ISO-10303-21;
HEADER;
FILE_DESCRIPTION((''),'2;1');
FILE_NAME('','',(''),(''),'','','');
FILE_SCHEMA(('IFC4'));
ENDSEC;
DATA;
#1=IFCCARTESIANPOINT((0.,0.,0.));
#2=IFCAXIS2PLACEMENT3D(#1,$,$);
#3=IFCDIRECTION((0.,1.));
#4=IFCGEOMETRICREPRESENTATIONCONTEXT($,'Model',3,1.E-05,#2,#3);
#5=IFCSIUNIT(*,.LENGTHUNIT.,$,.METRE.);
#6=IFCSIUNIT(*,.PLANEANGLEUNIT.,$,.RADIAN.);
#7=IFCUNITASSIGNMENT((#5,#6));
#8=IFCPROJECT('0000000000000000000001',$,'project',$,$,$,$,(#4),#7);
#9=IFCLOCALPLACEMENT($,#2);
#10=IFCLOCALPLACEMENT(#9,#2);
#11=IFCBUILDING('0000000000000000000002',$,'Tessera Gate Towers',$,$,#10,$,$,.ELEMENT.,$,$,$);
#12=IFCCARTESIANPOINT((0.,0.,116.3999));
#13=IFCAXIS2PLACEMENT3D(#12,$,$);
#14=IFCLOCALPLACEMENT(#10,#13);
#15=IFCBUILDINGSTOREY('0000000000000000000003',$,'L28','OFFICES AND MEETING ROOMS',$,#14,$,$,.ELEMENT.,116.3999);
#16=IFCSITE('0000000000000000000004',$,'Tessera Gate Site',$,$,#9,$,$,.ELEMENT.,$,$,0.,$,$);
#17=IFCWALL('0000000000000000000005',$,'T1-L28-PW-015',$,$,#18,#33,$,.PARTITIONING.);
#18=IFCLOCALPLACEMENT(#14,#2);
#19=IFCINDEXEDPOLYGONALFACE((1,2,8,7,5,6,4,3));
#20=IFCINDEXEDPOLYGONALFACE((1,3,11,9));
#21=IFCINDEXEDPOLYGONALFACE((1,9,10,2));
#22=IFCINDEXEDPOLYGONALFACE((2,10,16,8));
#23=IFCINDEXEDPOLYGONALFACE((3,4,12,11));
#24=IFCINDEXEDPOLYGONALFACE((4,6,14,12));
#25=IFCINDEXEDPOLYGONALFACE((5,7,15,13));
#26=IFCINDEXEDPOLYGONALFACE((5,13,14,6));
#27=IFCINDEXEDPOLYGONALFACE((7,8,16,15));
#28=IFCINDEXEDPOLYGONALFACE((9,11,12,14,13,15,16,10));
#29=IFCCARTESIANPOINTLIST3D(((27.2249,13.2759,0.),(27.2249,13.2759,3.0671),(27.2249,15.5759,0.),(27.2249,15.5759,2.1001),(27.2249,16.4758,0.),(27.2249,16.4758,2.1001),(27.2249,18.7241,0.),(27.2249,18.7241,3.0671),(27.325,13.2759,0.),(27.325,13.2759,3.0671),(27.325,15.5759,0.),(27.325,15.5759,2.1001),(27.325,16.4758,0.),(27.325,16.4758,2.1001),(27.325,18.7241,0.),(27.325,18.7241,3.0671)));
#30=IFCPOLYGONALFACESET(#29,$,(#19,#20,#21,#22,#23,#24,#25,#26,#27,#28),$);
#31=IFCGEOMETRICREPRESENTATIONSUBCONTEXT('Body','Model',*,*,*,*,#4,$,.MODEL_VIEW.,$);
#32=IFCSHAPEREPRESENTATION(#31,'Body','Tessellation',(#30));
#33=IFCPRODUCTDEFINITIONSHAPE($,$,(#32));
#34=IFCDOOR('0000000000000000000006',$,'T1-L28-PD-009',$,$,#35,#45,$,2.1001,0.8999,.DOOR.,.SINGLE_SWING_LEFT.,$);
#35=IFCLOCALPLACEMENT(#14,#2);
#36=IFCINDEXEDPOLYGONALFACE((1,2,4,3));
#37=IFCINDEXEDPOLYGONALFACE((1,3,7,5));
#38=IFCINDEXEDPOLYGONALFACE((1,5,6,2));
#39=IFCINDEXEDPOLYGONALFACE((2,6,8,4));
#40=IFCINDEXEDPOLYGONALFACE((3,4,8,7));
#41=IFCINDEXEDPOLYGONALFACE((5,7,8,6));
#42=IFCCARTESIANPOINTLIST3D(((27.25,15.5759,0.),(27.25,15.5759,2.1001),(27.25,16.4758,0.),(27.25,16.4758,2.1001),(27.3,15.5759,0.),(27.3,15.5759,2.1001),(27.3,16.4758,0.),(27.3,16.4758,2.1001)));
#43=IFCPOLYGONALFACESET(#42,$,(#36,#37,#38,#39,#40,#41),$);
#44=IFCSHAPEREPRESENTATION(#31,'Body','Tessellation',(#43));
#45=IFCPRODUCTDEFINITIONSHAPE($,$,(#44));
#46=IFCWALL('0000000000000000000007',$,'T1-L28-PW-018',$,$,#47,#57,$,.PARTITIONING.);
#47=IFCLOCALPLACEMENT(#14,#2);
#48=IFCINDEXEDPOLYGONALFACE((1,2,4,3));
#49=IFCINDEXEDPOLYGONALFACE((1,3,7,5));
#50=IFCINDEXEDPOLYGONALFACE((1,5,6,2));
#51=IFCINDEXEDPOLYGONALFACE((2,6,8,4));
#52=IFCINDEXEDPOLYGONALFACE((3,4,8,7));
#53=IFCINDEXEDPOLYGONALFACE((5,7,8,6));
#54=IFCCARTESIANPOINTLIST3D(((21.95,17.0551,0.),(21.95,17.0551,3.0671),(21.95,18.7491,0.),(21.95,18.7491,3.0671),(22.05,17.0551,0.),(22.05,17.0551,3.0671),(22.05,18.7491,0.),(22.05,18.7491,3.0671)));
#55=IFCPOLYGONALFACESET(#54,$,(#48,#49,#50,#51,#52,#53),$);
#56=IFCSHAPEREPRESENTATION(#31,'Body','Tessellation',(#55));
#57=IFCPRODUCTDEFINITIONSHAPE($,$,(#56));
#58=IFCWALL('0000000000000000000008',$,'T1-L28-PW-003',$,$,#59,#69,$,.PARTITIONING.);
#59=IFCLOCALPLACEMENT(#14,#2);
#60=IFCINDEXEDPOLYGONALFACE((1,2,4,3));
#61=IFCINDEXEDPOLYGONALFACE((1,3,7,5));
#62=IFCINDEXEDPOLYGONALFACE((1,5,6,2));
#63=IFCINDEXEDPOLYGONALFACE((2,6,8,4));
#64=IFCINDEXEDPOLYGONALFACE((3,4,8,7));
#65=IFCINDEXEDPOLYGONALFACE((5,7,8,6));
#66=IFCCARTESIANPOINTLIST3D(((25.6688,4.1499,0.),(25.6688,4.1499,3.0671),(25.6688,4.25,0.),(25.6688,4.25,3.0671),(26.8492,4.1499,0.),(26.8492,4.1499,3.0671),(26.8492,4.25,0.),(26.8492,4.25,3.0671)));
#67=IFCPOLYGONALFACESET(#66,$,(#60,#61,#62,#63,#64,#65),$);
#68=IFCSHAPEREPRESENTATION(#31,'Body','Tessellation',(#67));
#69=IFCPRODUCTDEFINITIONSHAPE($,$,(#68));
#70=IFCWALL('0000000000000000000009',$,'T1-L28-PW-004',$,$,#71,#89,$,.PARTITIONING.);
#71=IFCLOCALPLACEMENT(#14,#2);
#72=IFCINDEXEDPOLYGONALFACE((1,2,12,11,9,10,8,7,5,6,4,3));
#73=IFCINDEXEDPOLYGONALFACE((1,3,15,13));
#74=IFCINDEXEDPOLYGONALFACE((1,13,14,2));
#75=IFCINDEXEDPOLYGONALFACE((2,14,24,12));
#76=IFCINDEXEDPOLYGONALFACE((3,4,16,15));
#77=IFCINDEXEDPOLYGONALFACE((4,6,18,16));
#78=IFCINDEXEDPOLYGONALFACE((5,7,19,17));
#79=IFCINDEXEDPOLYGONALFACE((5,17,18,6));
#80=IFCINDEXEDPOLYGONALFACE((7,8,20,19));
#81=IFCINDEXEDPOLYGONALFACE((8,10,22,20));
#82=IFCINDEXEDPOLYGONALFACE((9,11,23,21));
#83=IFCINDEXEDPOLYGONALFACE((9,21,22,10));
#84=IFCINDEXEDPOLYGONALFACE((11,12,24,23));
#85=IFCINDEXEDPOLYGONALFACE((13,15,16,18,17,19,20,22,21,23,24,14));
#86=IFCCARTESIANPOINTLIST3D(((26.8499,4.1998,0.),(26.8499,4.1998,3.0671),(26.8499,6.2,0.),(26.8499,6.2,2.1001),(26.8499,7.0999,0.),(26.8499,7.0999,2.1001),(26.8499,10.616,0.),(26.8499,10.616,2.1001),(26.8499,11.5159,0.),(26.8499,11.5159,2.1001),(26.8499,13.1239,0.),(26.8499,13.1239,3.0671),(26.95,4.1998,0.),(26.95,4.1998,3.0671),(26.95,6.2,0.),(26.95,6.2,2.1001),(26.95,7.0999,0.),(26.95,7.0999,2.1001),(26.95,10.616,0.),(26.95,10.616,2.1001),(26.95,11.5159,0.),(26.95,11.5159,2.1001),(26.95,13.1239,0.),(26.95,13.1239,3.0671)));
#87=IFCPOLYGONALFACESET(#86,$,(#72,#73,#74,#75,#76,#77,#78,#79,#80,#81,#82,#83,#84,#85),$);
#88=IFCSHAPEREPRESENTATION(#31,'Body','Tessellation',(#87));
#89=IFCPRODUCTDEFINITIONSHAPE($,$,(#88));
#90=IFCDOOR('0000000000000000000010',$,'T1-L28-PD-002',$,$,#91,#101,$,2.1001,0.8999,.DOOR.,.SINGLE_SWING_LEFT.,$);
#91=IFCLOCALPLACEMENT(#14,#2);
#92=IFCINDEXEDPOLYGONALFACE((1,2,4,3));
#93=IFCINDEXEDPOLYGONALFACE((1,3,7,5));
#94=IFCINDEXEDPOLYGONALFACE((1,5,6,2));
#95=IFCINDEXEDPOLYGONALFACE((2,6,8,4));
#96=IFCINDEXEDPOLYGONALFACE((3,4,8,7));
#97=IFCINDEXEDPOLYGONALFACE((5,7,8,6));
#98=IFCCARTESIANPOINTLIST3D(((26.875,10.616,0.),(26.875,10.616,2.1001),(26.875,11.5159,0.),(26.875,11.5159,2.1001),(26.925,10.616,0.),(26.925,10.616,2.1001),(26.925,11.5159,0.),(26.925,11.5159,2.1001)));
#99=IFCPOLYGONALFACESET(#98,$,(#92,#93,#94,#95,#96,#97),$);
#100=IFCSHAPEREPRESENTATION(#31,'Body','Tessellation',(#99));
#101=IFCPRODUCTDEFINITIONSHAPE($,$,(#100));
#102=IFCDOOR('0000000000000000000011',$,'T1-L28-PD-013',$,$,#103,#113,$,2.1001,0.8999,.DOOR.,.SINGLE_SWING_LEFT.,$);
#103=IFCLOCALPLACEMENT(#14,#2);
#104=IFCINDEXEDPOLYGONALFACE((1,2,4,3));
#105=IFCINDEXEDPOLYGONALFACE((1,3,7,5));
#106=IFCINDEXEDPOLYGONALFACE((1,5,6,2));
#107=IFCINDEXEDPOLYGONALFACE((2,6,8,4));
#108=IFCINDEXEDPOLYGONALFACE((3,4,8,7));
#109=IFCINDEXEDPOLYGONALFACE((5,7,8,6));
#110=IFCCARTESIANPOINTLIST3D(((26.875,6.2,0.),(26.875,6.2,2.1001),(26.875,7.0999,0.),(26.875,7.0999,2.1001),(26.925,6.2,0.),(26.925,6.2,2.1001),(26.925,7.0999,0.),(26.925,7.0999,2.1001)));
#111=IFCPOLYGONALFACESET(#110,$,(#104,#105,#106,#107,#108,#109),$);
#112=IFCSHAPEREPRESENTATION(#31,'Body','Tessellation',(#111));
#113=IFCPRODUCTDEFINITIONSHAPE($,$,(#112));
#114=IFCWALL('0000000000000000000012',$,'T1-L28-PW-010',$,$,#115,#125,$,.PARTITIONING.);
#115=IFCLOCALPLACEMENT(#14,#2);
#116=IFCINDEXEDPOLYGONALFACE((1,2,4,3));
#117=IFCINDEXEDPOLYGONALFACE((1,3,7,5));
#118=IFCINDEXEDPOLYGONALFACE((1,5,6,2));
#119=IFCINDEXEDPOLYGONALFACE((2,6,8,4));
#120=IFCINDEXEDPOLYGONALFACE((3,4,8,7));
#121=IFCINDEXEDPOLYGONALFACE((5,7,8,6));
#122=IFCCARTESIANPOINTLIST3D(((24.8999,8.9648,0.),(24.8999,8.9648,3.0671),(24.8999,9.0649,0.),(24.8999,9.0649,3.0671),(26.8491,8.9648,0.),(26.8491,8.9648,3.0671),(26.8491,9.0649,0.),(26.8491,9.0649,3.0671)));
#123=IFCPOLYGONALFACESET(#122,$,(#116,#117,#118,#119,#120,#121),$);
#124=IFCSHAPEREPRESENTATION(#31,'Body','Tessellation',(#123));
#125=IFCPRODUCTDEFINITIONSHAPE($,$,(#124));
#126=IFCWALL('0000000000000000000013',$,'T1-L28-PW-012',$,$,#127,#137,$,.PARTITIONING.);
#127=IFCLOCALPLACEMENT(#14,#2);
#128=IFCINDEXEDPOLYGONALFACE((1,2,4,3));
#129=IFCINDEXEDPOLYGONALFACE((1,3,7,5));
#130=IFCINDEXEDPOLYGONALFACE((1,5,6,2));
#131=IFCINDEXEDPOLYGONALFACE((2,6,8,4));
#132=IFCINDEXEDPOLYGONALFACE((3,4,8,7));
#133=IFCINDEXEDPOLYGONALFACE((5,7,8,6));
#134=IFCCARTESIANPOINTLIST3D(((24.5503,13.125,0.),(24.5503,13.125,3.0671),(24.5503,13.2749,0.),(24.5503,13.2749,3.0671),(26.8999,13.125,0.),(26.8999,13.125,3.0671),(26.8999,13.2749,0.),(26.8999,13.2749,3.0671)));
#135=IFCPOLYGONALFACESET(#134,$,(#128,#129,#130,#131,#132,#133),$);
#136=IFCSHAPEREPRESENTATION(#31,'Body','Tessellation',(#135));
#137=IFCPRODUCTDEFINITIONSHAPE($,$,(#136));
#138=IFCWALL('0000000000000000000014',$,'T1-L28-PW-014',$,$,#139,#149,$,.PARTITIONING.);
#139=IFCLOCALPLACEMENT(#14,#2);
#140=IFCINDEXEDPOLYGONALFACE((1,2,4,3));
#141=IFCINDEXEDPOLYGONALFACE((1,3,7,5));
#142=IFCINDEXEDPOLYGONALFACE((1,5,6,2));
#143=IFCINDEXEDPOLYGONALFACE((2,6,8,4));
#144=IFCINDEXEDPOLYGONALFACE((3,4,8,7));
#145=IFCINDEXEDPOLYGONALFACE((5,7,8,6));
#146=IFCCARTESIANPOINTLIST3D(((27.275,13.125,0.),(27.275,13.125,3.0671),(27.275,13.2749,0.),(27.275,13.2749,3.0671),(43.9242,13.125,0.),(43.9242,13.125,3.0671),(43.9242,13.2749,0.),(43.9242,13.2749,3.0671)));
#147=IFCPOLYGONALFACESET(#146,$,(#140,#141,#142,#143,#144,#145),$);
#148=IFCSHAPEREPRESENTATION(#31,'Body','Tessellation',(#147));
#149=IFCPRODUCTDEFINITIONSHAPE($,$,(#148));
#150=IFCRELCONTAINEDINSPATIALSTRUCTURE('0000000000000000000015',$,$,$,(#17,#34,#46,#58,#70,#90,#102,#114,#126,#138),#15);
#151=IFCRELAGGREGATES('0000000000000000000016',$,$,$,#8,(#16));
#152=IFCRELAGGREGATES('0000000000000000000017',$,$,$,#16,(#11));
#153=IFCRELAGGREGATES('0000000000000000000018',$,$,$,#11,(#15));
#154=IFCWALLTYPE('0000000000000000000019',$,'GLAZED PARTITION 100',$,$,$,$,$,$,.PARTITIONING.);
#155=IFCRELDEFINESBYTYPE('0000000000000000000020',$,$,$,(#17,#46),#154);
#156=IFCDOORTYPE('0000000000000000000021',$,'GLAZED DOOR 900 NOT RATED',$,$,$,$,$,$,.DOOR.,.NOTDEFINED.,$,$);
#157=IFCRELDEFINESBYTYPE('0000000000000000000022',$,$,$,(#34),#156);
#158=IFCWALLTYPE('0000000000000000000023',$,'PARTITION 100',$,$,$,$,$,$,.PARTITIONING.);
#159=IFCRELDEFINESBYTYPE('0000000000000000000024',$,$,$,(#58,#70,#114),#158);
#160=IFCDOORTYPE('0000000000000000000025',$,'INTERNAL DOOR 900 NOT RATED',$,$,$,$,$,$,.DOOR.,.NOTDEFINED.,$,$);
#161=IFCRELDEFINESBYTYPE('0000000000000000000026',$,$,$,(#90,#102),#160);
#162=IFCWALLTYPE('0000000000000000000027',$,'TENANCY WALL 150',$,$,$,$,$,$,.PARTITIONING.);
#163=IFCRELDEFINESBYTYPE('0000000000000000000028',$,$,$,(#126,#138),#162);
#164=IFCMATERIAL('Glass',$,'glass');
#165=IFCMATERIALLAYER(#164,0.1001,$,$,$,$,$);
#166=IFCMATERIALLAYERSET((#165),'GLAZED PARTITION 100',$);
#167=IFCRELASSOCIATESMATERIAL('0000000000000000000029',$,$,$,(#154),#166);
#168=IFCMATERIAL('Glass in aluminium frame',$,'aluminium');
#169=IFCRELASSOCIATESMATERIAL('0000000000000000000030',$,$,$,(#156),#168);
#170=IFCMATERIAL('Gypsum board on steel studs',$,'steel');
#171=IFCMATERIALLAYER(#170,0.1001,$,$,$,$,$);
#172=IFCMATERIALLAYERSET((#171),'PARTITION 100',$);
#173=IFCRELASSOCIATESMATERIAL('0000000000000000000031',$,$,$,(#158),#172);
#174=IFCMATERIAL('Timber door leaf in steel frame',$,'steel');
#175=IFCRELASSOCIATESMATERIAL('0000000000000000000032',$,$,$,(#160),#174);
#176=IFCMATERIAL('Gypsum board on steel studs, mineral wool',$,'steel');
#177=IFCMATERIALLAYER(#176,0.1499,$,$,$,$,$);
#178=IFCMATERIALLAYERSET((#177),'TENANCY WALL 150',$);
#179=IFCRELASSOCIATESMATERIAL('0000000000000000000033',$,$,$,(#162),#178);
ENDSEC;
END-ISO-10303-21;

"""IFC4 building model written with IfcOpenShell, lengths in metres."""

from ifc_helpers import new_model, si_unit, direction, frame, frame_2d, origin, place, context, subcontext, project, spatial, rectangle, extrude, source, transform, mapped, material, layer, layer_set, type_object, element, fill, save


model = new_model("IFC4")

# Units and contexts
model_context = context("Model", 3, precision=1e-05, world=origin(), true_north=direction((0.0, 1.0)))
body_context = subcontext(model_context, "Body", "Model", "MODEL_VIEW")
ifc_project = project(units=[si_unit("LENGTHUNIT", "METRE"), si_unit("PLANEANGLEUNIT", "RADIAN")], contexts=[model_context])

# Site, building, storey
site_placement = place(None, origin())
site = spatial("IfcSite", under=ifc_project, at=site_placement, Name="Tessera Gate Site", CompositionType="ELEMENT", RefElevation=0.0)
building_placement = place(site_placement, origin())
building = spatial("IfcBuilding", under=site, at=building_placement, Name="Tessera Gate Towers", CompositionType="ELEMENT")
storey_placement = place(building_placement, frame((0.0, 0.0, 116.3999)))
storey = spatial("IfcBuildingStorey", under=building, at=storey_placement, Name="L28", Description="OFFICES AND MEETING ROOMS", CompositionType="ELEMENT", Elevation=116.3999)

# Shared definitions
ifc_material_1 = material(Name="Glass", Category="glass")
ifc_layer_1 = layer(ifc_material_1, 0.1001)
ifc_layer_set_1 = layer_set([ifc_layer_1], Name="GLAZED PARTITION 100")
wall_type_1 = type_object("IfcWallType", Name="GLAZED PARTITION 100", PredefinedType="PARTITIONING", material=ifc_layer_set_1)

# Wall, opening, door
wall_1_placement = place(storey_placement, frame((27.2749, 13.2759, 0.0), z_axis=(0.0, 0.0, 1.0), x_axis=(0.0, 1.0, 0.0)))
wall_1 = element("IfcWall", 1, at=wall_1_placement, inside=storey, type_object=wall_type_1, Name="T1-L28-PW-015", PredefinedType="PARTITIONING", context=body_context, shape_type="SweptSolid", body=[
    extrude(rectangle(XDim=5.4482, YDim=0.1001, at=frame_2d((2.7241, 0.0))), origin(), (0.0, 0.0, 1.0), 3.0671),
])
shared_shape_1 = source(origin(), body_context, "Body", "SweptSolid", [
    extrude(rectangle(XDim=0.8999, YDim=2.1001, at=frame_2d((0.45, 1.05))), frame((0.0, 0.0601, 0.0), z_axis=(0.0, -1.0, 0.0), x_axis=(1.0, 0.0, 0.0)), (0.0, 0.0, 1.0), 0.1201),
])
opening_1_placement = place(wall_1_placement, frame((2.3, 0.0, 0.0)))
opening_1 = element("IfcOpeningElement", 2, at=opening_1_placement, cuts=wall_1, PredefinedType="OPENING", context=body_context, shape_type="MappedRepresentation", body=[
    mapped(shared_shape_1, transform((0.0, 0.0, 0.0), scale=1.0)),
])
ifc_material_2 = material(Name="Glass in aluminium frame", Category="aluminium")
door_type_1 = type_object("IfcDoorType", Name="GLAZED DOOR 900 NOT RATED", OperationType="NOTDEFINED", PredefinedType="DOOR", material=ifc_material_2)
shared_shape_2 = source(origin(), body_context, "Body", "SweptSolid", [
    extrude(rectangle(XDim=0.8999, YDim=2.1001, at=frame_2d((0.45, 1.05))), frame((0.0, 0.0249, 0.0), z_axis=(0.0, -1.0, 0.0), x_axis=(1.0, 0.0, 0.0)), (0.0, 0.0, 1.0), 0.05),
])
door_1_placement = place(opening_1_placement, origin())
door_1 = element("IfcDoor", 3, at=door_1_placement, inside=storey, type_object=door_type_1, Name="T1-L28-PD-009", OperationType="SINGLE_SWING_LEFT", OverallHeight=2.1001, OverallWidth=0.8999, PredefinedType="DOOR", context=body_context, shape_type="MappedRepresentation", body=[
    mapped(shared_shape_2, transform((0.0, 0.0, 0.0), scale=1.0)),
])
fill(opening_1, door_1)

# Walls
wall_2_placement = place(storey_placement, frame((22.0, 17.0549, 0.0), z_axis=(0.0, 0.0, 1.0), x_axis=(0.0, 1.0, 0.0)))
element("IfcWall", 4, at=wall_2_placement, inside=storey, type_object=wall_type_1, Name="T1-L28-PW-018", PredefinedType="PARTITIONING", context=body_context, shape_type="SweptSolid", body=[
    extrude(rectangle(XDim=1.6941, YDim=0.1001, at=frame_2d((0.8472, 0.0))), origin(), (0.0, 0.0, 1.0), 3.0671),
])
ifc_material_3 = material(Name="Gypsum board on steel studs", Category="steel")
ifc_layer_2 = layer(ifc_material_3, 0.1001)
ifc_layer_set_2 = layer_set([ifc_layer_2], Name="PARTITION 100")
wall_type_2 = type_object("IfcWallType", Name="PARTITION 100", PredefinedType="PARTITIONING", material=ifc_layer_set_2)
wall_3_placement = place(storey_placement, frame((25.6687, 4.2, 0.0), z_axis=(0.0, 0.0, 1.0), x_axis=(1.0, 0.0, 0.0)))
element("IfcWall", 5, at=wall_3_placement, inside=storey, type_object=wall_type_2, Name="T1-L28-PW-003", PredefinedType="PARTITIONING", context=body_context, shape_type="SweptSolid", body=[
    extrude(rectangle(XDim=1.1804, YDim=0.1001, at=frame_2d((0.5903, 0.0))), origin(), (0.0, 0.0, 1.0), 3.0671),
])

# Wall, openings, doors
wall_4_placement = place(storey_placement, frame((26.8999, 4.2, 0.0), z_axis=(0.0, 0.0, 1.0), x_axis=(0.0, 1.0, 0.0)))
wall_4 = element("IfcWall", 6, at=wall_4_placement, inside=storey, type_object=wall_type_2, Name="T1-L28-PW-004", PredefinedType="PARTITIONING", context=body_context, shape_type="SweptSolid", body=[
    extrude(rectangle(XDim=8.9241, YDim=0.1001, at=frame_2d((4.4619, 0.0))), origin(), (0.0, 0.0, 1.0), 3.0671),
])
opening_2_placement = place(wall_4_placement, frame((6.416, 0.0, 0.0)))
opening_2 = element("IfcOpeningElement", 7, at=opening_2_placement, cuts=wall_4, PredefinedType="OPENING", context=body_context, shape_type="MappedRepresentation", body=[
    mapped(shared_shape_1, transform((0.0, 0.0, 0.0), scale=1.0)),
])
opening_3_placement = place(wall_4_placement, frame((2.0, 0.0, 0.0)))
opening_3 = element("IfcOpeningElement", 8, at=opening_3_placement, cuts=wall_4, PredefinedType="OPENING", context=body_context, shape_type="MappedRepresentation", body=[
    mapped(shared_shape_1, transform((0.0, 0.0, 0.0), scale=1.0)),
])
ifc_material_4 = material(Name="Timber door leaf in steel frame", Category="steel")
door_type_2 = type_object("IfcDoorType", Name="INTERNAL DOOR 900 NOT RATED", OperationType="NOTDEFINED", PredefinedType="DOOR", material=ifc_material_4)
door_2_placement = place(opening_2_placement, origin())
door_2 = element("IfcDoor", 9, at=door_2_placement, inside=storey, type_object=door_type_2, Name="T1-L28-PD-002", OperationType="SINGLE_SWING_LEFT", OverallHeight=2.1001, OverallWidth=0.8999, PredefinedType="DOOR", context=body_context, shape_type="MappedRepresentation", body=[
    mapped(shared_shape_2, transform((0.0, 0.0, 0.0), scale=1.0)),
])
fill(opening_2, door_2)
door_3_placement = place(opening_3_placement, origin())
door_3 = element("IfcDoor", 10, at=door_3_placement, inside=storey, type_object=door_type_2, Name="T1-L28-PD-013", OperationType="SINGLE_SWING_LEFT", OverallHeight=2.1001, OverallWidth=0.8999, PredefinedType="DOOR", context=body_context, shape_type="MappedRepresentation", body=[
    mapped(shared_shape_2, transform((0.0, 0.0, 0.0), scale=1.0)),
])
fill(opening_3, door_3)

# Walls
wall_5_placement = place(storey_placement, frame((24.8999, 9.0149, 0.0), z_axis=(0.0, 0.0, 1.0), x_axis=(1.0, 0.0, 0.0)))
element("IfcWall", 11, at=wall_5_placement, inside=storey, type_object=wall_type_2, Name="T1-L28-PW-010", PredefinedType="PARTITIONING", context=body_context, shape_type="SweptSolid", body=[
    extrude(rectangle(XDim=1.9492, YDim=0.1001, at=frame_2d((0.9746, 0.0))), origin(), (0.0, 0.0, 1.0), 3.0671),
])
ifc_material_5 = material(Name="Gypsum board on steel studs, mineral wool", Category="steel")
ifc_layer_3 = layer(ifc_material_5, 0.1499)
ifc_layer_set_3 = layer_set([ifc_layer_3], Name="TENANCY WALL 150")
wall_type_3 = type_object("IfcWallType", Name="TENANCY WALL 150", PredefinedType="PARTITIONING", material=ifc_layer_set_3)
wall_6_placement = place(storey_placement, frame((24.5503, 13.2, 0.0), z_axis=(0.0, 0.0, 1.0), x_axis=(1.0, 0.0, 0.0)))
element("IfcWall", 12, at=wall_6_placement, inside=storey, type_object=wall_type_3, Name="T1-L28-PW-012", PredefinedType="PARTITIONING", context=body_context, shape_type="SweptSolid", body=[
    extrude(rectangle(XDim=2.3496, YDim=0.1499, at=frame_2d((1.1748, 0.0))), origin(), (0.0, 0.0, 1.0), 3.0671),
])
wall_7_placement = place(storey_placement, frame((27.2749, 13.2, 0.0), z_axis=(0.0, 0.0, 1.0), x_axis=(1.0, 0.0, 0.0)))
element("IfcWall", 13, at=wall_7_placement, inside=storey, type_object=wall_type_3, Name="T1-L28-PW-014", PredefinedType="PARTITIONING", context=body_context, shape_type="SweptSolid", body=[
    extrude(rectangle(XDim=16.6492, YDim=0.1499, at=frame_2d((8.3247, 0.0))), origin(), (0.0, 0.0, 1.0), 3.0671),
])

save(model, "model.ifc")
